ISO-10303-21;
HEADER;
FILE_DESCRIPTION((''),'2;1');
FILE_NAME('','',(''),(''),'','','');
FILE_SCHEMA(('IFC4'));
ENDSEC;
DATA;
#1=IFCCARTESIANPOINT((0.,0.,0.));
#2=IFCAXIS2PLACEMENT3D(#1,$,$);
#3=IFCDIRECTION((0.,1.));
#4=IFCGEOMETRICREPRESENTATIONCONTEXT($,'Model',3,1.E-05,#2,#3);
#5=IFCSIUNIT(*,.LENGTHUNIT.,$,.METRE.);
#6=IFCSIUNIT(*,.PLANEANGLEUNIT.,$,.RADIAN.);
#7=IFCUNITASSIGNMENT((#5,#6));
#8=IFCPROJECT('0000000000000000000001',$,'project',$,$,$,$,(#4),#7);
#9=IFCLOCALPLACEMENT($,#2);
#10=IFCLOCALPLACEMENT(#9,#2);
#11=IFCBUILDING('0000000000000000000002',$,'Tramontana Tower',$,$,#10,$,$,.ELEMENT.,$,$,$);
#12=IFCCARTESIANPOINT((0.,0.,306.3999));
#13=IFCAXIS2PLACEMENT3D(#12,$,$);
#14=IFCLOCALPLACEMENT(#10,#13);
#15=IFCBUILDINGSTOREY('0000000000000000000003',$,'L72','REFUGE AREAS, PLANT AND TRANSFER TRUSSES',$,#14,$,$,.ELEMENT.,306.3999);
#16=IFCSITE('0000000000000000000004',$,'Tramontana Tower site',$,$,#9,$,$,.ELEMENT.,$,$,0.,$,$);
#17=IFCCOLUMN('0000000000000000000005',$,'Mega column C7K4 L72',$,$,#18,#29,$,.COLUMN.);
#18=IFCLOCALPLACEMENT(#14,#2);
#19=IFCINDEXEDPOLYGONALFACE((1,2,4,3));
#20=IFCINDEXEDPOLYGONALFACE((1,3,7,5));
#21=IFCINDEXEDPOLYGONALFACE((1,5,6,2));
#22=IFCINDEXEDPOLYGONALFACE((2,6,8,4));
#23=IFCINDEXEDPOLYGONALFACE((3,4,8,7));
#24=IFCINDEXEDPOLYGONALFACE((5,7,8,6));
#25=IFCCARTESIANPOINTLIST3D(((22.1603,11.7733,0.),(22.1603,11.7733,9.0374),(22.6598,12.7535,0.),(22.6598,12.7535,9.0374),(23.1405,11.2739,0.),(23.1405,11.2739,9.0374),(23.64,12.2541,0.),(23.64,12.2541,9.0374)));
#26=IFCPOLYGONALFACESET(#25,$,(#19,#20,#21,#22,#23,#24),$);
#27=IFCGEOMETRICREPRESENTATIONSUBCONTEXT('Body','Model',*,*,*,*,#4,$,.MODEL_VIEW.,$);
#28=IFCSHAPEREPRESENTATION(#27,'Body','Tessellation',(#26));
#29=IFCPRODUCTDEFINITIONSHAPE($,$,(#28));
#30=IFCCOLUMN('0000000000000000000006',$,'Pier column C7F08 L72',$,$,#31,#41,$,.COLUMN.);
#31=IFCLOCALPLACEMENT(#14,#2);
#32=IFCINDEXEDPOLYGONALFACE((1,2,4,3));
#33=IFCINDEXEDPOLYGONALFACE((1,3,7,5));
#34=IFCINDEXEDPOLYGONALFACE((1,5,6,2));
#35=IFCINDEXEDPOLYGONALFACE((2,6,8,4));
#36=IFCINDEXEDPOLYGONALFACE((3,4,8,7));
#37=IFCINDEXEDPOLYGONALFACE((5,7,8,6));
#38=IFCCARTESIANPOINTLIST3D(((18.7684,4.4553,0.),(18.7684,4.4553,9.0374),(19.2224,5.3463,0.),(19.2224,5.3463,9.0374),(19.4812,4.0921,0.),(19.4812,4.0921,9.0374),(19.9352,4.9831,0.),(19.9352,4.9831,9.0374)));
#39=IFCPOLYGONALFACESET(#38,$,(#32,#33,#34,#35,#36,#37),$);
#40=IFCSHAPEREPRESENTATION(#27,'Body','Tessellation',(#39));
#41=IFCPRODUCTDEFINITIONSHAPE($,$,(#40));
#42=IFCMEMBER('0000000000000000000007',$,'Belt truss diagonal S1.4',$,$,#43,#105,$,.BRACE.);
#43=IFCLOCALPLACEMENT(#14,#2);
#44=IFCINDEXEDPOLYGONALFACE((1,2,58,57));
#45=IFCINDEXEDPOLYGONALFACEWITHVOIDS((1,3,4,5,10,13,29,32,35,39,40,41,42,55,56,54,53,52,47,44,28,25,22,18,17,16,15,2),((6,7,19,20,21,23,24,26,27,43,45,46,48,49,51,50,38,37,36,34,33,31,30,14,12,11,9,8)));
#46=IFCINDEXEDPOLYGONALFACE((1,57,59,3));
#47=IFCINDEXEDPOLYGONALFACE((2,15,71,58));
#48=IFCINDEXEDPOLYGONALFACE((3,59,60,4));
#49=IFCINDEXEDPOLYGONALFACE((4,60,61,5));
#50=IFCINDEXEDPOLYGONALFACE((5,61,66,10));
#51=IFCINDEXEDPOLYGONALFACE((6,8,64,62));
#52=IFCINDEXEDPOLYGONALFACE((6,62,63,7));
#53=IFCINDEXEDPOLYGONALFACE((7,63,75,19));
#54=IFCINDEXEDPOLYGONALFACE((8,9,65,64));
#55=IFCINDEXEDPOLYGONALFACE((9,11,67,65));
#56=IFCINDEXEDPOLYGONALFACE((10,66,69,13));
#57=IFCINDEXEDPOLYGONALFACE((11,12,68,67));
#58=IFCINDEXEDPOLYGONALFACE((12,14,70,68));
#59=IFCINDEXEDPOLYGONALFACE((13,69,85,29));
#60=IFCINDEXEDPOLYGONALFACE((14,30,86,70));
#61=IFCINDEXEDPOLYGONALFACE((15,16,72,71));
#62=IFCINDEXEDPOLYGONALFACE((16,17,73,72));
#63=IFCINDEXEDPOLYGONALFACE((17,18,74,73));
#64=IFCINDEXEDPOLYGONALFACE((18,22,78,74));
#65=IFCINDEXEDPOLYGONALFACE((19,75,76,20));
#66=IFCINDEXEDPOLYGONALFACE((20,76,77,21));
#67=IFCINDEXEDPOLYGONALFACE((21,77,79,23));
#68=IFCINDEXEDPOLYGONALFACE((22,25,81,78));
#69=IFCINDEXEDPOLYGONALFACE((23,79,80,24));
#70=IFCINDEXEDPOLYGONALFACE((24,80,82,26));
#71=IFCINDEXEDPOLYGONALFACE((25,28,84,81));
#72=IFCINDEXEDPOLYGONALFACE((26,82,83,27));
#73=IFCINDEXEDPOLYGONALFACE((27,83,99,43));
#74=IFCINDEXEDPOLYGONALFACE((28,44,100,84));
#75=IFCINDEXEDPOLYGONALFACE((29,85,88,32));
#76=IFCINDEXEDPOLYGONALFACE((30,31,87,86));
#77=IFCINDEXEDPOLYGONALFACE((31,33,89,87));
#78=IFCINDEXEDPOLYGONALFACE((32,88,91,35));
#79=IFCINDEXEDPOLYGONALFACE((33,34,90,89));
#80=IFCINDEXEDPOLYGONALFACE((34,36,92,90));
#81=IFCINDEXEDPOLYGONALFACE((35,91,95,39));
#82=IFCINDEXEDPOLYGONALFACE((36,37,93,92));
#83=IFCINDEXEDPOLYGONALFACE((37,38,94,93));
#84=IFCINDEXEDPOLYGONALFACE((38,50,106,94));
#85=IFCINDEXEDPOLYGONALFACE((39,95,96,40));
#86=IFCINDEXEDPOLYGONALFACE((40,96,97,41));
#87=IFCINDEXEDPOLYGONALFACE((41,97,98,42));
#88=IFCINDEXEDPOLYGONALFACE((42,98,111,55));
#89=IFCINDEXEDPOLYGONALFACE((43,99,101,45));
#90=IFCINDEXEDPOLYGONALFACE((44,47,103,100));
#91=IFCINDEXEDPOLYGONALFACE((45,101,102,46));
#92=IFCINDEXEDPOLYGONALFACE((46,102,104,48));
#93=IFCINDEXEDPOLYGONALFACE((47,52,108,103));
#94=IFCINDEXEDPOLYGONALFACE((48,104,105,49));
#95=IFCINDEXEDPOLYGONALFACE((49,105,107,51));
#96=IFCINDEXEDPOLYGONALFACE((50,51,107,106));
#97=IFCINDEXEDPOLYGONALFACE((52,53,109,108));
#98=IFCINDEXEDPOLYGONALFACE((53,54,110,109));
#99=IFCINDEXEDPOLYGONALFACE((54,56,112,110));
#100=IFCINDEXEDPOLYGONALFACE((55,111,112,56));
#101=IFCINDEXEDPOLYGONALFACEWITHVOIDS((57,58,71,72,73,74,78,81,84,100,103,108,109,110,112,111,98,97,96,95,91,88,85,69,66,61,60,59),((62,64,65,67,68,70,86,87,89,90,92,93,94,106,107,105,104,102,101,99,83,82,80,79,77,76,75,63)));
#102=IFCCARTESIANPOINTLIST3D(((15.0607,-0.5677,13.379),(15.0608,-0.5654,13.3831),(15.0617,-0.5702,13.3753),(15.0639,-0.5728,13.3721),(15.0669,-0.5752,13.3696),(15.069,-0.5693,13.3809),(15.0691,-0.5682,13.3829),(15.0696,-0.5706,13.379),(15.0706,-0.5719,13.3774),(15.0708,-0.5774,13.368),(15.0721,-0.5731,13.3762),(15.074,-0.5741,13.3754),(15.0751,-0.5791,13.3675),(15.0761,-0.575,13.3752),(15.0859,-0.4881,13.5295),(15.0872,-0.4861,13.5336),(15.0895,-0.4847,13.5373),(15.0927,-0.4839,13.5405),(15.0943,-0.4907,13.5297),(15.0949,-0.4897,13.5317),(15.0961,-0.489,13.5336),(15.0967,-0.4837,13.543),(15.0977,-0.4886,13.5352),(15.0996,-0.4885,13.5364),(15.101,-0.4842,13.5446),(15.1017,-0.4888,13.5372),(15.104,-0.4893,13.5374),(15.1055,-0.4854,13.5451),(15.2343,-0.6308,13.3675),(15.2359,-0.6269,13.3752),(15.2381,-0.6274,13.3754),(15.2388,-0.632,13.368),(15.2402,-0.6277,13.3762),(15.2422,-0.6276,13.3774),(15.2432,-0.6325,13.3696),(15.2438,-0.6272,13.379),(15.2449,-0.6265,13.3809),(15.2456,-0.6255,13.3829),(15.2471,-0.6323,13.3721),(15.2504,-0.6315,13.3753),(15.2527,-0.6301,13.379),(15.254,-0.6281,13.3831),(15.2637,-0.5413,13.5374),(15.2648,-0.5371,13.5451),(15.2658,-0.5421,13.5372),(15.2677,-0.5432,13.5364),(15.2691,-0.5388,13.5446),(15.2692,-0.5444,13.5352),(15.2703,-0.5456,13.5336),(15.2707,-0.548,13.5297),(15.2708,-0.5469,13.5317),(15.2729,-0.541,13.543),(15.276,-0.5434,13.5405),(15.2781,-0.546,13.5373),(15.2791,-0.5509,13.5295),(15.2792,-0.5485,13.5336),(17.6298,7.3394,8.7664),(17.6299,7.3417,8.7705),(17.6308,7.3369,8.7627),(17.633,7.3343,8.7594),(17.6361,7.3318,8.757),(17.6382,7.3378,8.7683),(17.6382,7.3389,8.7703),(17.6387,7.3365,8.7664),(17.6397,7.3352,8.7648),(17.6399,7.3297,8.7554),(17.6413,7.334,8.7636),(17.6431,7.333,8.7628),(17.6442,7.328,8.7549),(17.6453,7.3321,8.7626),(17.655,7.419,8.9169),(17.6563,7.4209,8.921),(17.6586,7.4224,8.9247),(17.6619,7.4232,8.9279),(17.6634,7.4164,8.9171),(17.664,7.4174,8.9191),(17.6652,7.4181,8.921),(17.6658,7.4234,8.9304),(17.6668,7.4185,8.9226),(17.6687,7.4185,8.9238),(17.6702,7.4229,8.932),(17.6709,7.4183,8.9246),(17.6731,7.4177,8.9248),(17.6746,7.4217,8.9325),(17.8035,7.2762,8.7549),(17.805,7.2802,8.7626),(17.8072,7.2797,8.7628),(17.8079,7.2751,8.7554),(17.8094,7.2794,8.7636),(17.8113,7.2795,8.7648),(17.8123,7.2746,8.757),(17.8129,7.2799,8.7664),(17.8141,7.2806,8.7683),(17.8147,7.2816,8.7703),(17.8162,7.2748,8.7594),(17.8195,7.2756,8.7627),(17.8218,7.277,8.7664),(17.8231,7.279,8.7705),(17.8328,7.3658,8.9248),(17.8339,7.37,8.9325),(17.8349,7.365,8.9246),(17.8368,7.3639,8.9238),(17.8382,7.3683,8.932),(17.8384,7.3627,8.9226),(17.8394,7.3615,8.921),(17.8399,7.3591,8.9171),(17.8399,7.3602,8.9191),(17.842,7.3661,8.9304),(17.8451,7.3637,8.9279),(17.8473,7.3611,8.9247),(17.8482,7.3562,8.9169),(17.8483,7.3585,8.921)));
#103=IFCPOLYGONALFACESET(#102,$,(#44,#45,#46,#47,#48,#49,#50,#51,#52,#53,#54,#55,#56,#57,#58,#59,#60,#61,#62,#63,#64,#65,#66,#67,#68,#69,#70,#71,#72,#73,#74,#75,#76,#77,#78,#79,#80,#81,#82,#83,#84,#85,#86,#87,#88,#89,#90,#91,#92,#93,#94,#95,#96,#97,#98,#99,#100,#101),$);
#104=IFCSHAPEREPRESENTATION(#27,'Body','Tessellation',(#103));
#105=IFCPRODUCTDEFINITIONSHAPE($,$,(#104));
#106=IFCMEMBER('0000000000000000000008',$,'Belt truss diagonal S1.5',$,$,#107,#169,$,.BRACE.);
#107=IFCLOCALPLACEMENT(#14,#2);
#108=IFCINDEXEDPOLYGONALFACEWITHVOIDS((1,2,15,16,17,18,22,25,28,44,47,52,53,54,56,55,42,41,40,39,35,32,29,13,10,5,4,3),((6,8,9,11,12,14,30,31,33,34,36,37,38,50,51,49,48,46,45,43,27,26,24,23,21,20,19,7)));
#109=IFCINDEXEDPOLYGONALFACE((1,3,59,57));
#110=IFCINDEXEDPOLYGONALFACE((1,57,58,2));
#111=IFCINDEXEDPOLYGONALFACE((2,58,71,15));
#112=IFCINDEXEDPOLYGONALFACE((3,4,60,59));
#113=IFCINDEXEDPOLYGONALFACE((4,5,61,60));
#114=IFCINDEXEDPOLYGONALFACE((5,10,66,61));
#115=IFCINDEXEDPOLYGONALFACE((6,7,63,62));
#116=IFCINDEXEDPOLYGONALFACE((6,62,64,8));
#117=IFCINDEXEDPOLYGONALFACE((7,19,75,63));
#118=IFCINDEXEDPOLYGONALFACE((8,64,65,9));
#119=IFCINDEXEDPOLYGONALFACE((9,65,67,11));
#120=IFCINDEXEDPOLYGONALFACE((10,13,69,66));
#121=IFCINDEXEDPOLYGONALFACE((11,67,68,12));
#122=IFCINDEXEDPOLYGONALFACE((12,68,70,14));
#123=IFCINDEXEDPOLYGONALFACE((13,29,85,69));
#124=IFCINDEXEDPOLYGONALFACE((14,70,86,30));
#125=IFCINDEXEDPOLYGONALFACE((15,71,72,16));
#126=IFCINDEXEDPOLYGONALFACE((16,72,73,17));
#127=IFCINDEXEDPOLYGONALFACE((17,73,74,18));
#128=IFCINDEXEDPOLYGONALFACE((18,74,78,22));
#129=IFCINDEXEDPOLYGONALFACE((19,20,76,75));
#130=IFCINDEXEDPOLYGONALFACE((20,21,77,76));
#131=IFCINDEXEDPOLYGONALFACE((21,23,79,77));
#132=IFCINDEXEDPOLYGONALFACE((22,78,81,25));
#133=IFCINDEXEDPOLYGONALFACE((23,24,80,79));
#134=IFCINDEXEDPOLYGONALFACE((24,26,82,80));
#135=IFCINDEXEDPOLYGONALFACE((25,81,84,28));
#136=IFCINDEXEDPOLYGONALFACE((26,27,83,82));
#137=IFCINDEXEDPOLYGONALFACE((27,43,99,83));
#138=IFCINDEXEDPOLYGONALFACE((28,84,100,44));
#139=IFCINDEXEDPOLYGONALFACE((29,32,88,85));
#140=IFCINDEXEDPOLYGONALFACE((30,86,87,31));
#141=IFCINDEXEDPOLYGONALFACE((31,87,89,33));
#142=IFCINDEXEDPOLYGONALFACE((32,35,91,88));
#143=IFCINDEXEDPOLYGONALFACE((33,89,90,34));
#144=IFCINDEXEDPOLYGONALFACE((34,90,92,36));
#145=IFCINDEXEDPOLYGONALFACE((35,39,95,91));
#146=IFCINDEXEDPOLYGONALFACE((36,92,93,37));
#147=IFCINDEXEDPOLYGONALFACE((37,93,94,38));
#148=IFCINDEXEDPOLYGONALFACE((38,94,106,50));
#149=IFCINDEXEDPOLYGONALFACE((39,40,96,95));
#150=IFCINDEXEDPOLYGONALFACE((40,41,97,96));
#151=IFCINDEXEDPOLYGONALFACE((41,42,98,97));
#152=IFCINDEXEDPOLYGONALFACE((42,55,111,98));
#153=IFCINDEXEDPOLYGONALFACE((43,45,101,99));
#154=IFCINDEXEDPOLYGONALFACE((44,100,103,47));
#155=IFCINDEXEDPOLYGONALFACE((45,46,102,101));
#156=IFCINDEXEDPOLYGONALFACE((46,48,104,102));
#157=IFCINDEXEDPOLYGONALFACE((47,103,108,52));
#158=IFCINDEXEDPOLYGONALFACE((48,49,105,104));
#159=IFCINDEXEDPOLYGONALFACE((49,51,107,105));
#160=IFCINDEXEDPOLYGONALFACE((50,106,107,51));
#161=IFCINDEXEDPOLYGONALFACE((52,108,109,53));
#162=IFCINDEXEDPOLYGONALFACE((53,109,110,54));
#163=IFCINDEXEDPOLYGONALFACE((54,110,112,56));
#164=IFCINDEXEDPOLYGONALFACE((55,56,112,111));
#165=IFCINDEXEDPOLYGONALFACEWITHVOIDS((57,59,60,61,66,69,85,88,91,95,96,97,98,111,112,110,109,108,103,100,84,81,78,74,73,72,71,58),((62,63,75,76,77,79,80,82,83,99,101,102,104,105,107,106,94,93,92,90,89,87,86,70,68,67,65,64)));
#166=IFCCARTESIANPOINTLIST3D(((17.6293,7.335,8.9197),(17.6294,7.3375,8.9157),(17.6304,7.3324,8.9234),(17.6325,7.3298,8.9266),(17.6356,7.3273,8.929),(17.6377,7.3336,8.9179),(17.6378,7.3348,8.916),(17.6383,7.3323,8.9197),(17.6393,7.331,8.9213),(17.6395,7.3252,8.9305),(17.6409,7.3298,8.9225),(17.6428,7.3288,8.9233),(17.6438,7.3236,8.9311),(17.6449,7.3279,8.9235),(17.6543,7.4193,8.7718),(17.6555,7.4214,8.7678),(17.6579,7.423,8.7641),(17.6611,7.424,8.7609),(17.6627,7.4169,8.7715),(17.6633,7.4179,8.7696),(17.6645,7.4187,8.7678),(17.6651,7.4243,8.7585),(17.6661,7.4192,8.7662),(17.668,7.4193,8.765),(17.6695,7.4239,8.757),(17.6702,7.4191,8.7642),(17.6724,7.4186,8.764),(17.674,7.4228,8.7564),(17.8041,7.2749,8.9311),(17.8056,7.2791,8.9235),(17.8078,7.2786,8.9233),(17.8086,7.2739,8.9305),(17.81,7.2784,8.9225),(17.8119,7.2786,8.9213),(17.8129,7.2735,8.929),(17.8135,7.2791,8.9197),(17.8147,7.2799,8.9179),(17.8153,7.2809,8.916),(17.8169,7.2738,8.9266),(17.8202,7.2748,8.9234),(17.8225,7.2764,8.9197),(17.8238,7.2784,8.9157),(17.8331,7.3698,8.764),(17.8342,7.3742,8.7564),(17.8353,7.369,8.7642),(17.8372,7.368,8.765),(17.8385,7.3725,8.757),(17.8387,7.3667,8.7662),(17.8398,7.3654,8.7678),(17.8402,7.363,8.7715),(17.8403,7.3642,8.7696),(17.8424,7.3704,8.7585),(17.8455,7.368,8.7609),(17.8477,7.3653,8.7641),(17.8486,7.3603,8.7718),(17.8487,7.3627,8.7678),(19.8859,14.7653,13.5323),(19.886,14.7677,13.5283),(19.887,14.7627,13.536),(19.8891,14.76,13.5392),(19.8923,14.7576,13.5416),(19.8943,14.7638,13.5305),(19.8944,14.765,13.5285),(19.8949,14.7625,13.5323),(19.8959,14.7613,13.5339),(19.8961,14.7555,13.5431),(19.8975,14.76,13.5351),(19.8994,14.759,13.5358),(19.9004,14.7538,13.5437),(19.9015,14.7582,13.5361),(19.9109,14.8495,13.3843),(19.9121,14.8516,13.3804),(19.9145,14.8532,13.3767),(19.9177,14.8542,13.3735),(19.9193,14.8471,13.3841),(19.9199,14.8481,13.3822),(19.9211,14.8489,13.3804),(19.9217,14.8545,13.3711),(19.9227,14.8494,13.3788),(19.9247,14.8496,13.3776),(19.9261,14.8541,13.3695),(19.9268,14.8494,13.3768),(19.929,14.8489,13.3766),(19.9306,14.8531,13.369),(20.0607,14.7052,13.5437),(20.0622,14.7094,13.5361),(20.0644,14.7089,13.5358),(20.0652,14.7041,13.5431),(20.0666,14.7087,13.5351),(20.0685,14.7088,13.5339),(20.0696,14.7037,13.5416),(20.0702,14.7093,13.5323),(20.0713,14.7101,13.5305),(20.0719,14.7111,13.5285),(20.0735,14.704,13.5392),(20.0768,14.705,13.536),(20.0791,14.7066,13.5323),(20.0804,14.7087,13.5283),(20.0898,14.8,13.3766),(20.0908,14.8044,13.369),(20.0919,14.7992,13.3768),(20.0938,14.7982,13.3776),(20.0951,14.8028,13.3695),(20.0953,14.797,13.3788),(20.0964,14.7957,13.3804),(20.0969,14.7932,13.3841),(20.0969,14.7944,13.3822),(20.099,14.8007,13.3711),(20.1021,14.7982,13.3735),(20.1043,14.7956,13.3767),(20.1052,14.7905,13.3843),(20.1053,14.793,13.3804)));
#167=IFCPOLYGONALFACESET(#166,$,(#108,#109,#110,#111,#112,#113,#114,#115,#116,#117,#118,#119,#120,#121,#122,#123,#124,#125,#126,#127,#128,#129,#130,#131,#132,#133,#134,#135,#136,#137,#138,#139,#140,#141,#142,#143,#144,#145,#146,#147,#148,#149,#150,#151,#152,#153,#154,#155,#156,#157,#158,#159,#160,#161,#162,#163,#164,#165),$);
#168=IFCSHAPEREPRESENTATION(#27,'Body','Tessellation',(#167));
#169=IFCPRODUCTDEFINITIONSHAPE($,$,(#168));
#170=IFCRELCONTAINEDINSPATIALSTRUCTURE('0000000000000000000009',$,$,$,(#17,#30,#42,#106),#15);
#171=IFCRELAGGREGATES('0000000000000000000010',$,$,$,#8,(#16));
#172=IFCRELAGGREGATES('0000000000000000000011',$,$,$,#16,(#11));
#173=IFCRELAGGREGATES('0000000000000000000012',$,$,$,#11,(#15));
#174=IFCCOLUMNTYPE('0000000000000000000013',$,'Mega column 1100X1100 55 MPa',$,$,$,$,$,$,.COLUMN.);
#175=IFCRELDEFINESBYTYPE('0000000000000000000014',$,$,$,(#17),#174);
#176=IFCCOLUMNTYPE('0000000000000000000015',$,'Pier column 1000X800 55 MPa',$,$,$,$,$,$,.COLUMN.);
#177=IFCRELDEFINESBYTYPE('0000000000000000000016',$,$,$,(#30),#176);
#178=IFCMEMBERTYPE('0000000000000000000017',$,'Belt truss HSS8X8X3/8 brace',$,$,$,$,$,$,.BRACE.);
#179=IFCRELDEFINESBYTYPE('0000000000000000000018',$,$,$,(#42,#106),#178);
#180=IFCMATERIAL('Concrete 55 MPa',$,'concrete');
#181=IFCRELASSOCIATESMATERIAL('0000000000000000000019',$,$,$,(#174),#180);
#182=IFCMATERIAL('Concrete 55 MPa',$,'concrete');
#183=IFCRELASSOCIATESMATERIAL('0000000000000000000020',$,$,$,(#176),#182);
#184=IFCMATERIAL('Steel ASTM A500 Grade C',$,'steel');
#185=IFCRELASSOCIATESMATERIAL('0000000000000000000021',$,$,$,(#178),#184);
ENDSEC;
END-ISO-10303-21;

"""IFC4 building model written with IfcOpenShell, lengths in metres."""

from ifc_helpers import new_model, si_unit, direction, frame, origin, origin_2d, place, context, subcontext, project, spatial, rectangle, hollow_rectangle, extrude, material, material_profile, profile_set, type_object, element, save


model = new_model("IFC4")

# Units and contexts
model_context = context("Model", 3, precision=1e-05, world=origin(), true_north=direction((0.0, 1.0)))
body_context = subcontext(model_context, "Body", "Model", "MODEL_VIEW")
ifc_project = project(units=[si_unit("LENGTHUNIT", "METRE"), si_unit("PLANEANGLEUNIT", "RADIAN")], contexts=[model_context])

# Site, building, storey
site_placement = place(None, origin())
site = spatial("IfcSite", under=ifc_project, at=site_placement, Name="Tramontana Tower site", CompositionType="ELEMENT", RefElevation=0.0)
building_placement = place(site_placement, origin())
building = spatial("IfcBuilding", under=site, at=building_placement, Name="Tramontana Tower", CompositionType="ELEMENT")
storey_placement = place(building_placement, frame((0.0, 0.0, 306.3999)))
storey = spatial("IfcBuildingStorey", under=building, at=storey_placement, Name="L72", Description="REFUGE AREAS, PLANT AND TRANSFER TRUSSES", CompositionType="ELEMENT", Elevation=306.3999)

# Columns
ifc_material_1 = material(Name="Concrete 55 MPa", Category="concrete")
ifc_material_profile_1 = material_profile(ifc_material_1, rectangle(XDim=1.1001, YDim=1.1001, at=origin_2d()), Name="Mega column 1100X1100 55 MPa")
ifc_profile_set_1 = profile_set([ifc_material_profile_1], Name="Concrete 55 MPa")
column_type_1 = type_object("IfcColumnType", Name="Mega column 1100X1100 55 MPa", PredefinedType="COLUMN", material=ifc_profile_set_1)
column_1_placement = place(storey_placement, frame((22.9001, 12.0137, 0.0), z_axis=(0.0, 0.0, 1.0), x_axis=(0.45399, 0.891007, 0.0)))
element("IfcColumn", 1, at=column_1_placement, inside=storey, type_object=column_type_1, Name="Mega column C7K4 L72", PredefinedType="COLUMN", context=body_context, shape_type="SweptSolid", body=[
    extrude(rectangle(XDim=1.1001, YDim=1.1001, at=origin_2d()), origin(), (0.0, 0.0, 1.0), 9.0374),
])
ifc_material_2 = material(Name="Concrete 55 MPa", Category="concrete")
ifc_material_profile_2 = material_profile(ifc_material_2, rectangle(XDim=1.0, YDim=0.8, at=origin_2d()), Name="Pier column 1000X800 55 MPa")
ifc_profile_set_2 = profile_set([ifc_material_profile_2], Name="Concrete 55 MPa")
column_type_2 = type_object("IfcColumnType", Name="Pier column 1000X800 55 MPa", PredefinedType="COLUMN", material=ifc_profile_set_2)
column_2_placement = place(storey_placement, frame((19.3518, 4.7192, 0.0), z_axis=(0.0, 0.0, 1.0), x_axis=(0.45399, 0.891007, 0.0)))
element("IfcColumn", 2, at=column_2_placement, inside=storey, type_object=column_type_2, Name="Pier column C7F08 L72", PredefinedType="COLUMN", context=body_context, shape_type="SweptSolid", body=[
    extrude(rectangle(XDim=1.0, YDim=0.8, at=origin_2d()), origin(), (0.0, 0.0, 1.0), 9.0374),
])

# Members
ifc_material_3 = material(Name="Steel ASTM A500 Grade C", Category="steel")
ifc_material_profile_3 = material_profile(ifc_material_3, hollow_rectangle(XDim=0.2031, YDim=0.2031, WallThickness=0.0088, InnerFilletRadius=0.0088, OuterFilletRadius=0.0178, at=origin_2d()), Name="HSS8X8X3/8")
ifc_profile_set_3 = profile_set([ifc_material_profile_3], Name="Steel ASTM A500 Grade C")
member_type_1 = type_object("IfcMemberType", Name="Belt truss HSS8X8X3/8 brace", PredefinedType="BRACE", material=ifc_profile_set_3)
member_1_placement = place(storey_placement, frame((15.1699, -0.5581, 13.4563), z_axis=(0.270212, 0.831641, -0.485139), x_axis=(-0.951058, 0.309012, 0.0)))
element("IfcMember", 3, at=member_1_placement, inside=storey, type_object=member_type_1, Name="Belt truss diagonal S1.4", PredefinedType="BRACE", context=body_context, shape_type="SweptSolid", body=[
    extrude(hollow_rectangle(XDim=0.2031, YDim=0.2031, WallThickness=0.0088, InnerFilletRadius=0.0088, OuterFilletRadius=0.0178, at=origin_2d()), origin(), (0.0, 0.0, 1.0), 9.5078),
])
member_2_placement = place(storey_placement, frame((17.739, 7.3489, 8.8438), z_axis=(0.249847, 0.822659, 0.510695), x_axis=(-0.956845, 0.2906, 0.0)))
element("IfcMember", 4, at=member_2_placement, inside=storey, type_object=member_type_1, Name="Belt truss diagonal S1.5", PredefinedType="BRACE", context=body_context, shape_type="SweptSolid", body=[
    extrude(hollow_rectangle(XDim=0.2031, YDim=0.2031, WallThickness=0.0088, InnerFilletRadius=0.0088, OuterFilletRadius=0.0178, at=origin_2d()), origin(), (0.0, 0.0, 1.0), 9.032),
])

save(model, "model.ifc")
